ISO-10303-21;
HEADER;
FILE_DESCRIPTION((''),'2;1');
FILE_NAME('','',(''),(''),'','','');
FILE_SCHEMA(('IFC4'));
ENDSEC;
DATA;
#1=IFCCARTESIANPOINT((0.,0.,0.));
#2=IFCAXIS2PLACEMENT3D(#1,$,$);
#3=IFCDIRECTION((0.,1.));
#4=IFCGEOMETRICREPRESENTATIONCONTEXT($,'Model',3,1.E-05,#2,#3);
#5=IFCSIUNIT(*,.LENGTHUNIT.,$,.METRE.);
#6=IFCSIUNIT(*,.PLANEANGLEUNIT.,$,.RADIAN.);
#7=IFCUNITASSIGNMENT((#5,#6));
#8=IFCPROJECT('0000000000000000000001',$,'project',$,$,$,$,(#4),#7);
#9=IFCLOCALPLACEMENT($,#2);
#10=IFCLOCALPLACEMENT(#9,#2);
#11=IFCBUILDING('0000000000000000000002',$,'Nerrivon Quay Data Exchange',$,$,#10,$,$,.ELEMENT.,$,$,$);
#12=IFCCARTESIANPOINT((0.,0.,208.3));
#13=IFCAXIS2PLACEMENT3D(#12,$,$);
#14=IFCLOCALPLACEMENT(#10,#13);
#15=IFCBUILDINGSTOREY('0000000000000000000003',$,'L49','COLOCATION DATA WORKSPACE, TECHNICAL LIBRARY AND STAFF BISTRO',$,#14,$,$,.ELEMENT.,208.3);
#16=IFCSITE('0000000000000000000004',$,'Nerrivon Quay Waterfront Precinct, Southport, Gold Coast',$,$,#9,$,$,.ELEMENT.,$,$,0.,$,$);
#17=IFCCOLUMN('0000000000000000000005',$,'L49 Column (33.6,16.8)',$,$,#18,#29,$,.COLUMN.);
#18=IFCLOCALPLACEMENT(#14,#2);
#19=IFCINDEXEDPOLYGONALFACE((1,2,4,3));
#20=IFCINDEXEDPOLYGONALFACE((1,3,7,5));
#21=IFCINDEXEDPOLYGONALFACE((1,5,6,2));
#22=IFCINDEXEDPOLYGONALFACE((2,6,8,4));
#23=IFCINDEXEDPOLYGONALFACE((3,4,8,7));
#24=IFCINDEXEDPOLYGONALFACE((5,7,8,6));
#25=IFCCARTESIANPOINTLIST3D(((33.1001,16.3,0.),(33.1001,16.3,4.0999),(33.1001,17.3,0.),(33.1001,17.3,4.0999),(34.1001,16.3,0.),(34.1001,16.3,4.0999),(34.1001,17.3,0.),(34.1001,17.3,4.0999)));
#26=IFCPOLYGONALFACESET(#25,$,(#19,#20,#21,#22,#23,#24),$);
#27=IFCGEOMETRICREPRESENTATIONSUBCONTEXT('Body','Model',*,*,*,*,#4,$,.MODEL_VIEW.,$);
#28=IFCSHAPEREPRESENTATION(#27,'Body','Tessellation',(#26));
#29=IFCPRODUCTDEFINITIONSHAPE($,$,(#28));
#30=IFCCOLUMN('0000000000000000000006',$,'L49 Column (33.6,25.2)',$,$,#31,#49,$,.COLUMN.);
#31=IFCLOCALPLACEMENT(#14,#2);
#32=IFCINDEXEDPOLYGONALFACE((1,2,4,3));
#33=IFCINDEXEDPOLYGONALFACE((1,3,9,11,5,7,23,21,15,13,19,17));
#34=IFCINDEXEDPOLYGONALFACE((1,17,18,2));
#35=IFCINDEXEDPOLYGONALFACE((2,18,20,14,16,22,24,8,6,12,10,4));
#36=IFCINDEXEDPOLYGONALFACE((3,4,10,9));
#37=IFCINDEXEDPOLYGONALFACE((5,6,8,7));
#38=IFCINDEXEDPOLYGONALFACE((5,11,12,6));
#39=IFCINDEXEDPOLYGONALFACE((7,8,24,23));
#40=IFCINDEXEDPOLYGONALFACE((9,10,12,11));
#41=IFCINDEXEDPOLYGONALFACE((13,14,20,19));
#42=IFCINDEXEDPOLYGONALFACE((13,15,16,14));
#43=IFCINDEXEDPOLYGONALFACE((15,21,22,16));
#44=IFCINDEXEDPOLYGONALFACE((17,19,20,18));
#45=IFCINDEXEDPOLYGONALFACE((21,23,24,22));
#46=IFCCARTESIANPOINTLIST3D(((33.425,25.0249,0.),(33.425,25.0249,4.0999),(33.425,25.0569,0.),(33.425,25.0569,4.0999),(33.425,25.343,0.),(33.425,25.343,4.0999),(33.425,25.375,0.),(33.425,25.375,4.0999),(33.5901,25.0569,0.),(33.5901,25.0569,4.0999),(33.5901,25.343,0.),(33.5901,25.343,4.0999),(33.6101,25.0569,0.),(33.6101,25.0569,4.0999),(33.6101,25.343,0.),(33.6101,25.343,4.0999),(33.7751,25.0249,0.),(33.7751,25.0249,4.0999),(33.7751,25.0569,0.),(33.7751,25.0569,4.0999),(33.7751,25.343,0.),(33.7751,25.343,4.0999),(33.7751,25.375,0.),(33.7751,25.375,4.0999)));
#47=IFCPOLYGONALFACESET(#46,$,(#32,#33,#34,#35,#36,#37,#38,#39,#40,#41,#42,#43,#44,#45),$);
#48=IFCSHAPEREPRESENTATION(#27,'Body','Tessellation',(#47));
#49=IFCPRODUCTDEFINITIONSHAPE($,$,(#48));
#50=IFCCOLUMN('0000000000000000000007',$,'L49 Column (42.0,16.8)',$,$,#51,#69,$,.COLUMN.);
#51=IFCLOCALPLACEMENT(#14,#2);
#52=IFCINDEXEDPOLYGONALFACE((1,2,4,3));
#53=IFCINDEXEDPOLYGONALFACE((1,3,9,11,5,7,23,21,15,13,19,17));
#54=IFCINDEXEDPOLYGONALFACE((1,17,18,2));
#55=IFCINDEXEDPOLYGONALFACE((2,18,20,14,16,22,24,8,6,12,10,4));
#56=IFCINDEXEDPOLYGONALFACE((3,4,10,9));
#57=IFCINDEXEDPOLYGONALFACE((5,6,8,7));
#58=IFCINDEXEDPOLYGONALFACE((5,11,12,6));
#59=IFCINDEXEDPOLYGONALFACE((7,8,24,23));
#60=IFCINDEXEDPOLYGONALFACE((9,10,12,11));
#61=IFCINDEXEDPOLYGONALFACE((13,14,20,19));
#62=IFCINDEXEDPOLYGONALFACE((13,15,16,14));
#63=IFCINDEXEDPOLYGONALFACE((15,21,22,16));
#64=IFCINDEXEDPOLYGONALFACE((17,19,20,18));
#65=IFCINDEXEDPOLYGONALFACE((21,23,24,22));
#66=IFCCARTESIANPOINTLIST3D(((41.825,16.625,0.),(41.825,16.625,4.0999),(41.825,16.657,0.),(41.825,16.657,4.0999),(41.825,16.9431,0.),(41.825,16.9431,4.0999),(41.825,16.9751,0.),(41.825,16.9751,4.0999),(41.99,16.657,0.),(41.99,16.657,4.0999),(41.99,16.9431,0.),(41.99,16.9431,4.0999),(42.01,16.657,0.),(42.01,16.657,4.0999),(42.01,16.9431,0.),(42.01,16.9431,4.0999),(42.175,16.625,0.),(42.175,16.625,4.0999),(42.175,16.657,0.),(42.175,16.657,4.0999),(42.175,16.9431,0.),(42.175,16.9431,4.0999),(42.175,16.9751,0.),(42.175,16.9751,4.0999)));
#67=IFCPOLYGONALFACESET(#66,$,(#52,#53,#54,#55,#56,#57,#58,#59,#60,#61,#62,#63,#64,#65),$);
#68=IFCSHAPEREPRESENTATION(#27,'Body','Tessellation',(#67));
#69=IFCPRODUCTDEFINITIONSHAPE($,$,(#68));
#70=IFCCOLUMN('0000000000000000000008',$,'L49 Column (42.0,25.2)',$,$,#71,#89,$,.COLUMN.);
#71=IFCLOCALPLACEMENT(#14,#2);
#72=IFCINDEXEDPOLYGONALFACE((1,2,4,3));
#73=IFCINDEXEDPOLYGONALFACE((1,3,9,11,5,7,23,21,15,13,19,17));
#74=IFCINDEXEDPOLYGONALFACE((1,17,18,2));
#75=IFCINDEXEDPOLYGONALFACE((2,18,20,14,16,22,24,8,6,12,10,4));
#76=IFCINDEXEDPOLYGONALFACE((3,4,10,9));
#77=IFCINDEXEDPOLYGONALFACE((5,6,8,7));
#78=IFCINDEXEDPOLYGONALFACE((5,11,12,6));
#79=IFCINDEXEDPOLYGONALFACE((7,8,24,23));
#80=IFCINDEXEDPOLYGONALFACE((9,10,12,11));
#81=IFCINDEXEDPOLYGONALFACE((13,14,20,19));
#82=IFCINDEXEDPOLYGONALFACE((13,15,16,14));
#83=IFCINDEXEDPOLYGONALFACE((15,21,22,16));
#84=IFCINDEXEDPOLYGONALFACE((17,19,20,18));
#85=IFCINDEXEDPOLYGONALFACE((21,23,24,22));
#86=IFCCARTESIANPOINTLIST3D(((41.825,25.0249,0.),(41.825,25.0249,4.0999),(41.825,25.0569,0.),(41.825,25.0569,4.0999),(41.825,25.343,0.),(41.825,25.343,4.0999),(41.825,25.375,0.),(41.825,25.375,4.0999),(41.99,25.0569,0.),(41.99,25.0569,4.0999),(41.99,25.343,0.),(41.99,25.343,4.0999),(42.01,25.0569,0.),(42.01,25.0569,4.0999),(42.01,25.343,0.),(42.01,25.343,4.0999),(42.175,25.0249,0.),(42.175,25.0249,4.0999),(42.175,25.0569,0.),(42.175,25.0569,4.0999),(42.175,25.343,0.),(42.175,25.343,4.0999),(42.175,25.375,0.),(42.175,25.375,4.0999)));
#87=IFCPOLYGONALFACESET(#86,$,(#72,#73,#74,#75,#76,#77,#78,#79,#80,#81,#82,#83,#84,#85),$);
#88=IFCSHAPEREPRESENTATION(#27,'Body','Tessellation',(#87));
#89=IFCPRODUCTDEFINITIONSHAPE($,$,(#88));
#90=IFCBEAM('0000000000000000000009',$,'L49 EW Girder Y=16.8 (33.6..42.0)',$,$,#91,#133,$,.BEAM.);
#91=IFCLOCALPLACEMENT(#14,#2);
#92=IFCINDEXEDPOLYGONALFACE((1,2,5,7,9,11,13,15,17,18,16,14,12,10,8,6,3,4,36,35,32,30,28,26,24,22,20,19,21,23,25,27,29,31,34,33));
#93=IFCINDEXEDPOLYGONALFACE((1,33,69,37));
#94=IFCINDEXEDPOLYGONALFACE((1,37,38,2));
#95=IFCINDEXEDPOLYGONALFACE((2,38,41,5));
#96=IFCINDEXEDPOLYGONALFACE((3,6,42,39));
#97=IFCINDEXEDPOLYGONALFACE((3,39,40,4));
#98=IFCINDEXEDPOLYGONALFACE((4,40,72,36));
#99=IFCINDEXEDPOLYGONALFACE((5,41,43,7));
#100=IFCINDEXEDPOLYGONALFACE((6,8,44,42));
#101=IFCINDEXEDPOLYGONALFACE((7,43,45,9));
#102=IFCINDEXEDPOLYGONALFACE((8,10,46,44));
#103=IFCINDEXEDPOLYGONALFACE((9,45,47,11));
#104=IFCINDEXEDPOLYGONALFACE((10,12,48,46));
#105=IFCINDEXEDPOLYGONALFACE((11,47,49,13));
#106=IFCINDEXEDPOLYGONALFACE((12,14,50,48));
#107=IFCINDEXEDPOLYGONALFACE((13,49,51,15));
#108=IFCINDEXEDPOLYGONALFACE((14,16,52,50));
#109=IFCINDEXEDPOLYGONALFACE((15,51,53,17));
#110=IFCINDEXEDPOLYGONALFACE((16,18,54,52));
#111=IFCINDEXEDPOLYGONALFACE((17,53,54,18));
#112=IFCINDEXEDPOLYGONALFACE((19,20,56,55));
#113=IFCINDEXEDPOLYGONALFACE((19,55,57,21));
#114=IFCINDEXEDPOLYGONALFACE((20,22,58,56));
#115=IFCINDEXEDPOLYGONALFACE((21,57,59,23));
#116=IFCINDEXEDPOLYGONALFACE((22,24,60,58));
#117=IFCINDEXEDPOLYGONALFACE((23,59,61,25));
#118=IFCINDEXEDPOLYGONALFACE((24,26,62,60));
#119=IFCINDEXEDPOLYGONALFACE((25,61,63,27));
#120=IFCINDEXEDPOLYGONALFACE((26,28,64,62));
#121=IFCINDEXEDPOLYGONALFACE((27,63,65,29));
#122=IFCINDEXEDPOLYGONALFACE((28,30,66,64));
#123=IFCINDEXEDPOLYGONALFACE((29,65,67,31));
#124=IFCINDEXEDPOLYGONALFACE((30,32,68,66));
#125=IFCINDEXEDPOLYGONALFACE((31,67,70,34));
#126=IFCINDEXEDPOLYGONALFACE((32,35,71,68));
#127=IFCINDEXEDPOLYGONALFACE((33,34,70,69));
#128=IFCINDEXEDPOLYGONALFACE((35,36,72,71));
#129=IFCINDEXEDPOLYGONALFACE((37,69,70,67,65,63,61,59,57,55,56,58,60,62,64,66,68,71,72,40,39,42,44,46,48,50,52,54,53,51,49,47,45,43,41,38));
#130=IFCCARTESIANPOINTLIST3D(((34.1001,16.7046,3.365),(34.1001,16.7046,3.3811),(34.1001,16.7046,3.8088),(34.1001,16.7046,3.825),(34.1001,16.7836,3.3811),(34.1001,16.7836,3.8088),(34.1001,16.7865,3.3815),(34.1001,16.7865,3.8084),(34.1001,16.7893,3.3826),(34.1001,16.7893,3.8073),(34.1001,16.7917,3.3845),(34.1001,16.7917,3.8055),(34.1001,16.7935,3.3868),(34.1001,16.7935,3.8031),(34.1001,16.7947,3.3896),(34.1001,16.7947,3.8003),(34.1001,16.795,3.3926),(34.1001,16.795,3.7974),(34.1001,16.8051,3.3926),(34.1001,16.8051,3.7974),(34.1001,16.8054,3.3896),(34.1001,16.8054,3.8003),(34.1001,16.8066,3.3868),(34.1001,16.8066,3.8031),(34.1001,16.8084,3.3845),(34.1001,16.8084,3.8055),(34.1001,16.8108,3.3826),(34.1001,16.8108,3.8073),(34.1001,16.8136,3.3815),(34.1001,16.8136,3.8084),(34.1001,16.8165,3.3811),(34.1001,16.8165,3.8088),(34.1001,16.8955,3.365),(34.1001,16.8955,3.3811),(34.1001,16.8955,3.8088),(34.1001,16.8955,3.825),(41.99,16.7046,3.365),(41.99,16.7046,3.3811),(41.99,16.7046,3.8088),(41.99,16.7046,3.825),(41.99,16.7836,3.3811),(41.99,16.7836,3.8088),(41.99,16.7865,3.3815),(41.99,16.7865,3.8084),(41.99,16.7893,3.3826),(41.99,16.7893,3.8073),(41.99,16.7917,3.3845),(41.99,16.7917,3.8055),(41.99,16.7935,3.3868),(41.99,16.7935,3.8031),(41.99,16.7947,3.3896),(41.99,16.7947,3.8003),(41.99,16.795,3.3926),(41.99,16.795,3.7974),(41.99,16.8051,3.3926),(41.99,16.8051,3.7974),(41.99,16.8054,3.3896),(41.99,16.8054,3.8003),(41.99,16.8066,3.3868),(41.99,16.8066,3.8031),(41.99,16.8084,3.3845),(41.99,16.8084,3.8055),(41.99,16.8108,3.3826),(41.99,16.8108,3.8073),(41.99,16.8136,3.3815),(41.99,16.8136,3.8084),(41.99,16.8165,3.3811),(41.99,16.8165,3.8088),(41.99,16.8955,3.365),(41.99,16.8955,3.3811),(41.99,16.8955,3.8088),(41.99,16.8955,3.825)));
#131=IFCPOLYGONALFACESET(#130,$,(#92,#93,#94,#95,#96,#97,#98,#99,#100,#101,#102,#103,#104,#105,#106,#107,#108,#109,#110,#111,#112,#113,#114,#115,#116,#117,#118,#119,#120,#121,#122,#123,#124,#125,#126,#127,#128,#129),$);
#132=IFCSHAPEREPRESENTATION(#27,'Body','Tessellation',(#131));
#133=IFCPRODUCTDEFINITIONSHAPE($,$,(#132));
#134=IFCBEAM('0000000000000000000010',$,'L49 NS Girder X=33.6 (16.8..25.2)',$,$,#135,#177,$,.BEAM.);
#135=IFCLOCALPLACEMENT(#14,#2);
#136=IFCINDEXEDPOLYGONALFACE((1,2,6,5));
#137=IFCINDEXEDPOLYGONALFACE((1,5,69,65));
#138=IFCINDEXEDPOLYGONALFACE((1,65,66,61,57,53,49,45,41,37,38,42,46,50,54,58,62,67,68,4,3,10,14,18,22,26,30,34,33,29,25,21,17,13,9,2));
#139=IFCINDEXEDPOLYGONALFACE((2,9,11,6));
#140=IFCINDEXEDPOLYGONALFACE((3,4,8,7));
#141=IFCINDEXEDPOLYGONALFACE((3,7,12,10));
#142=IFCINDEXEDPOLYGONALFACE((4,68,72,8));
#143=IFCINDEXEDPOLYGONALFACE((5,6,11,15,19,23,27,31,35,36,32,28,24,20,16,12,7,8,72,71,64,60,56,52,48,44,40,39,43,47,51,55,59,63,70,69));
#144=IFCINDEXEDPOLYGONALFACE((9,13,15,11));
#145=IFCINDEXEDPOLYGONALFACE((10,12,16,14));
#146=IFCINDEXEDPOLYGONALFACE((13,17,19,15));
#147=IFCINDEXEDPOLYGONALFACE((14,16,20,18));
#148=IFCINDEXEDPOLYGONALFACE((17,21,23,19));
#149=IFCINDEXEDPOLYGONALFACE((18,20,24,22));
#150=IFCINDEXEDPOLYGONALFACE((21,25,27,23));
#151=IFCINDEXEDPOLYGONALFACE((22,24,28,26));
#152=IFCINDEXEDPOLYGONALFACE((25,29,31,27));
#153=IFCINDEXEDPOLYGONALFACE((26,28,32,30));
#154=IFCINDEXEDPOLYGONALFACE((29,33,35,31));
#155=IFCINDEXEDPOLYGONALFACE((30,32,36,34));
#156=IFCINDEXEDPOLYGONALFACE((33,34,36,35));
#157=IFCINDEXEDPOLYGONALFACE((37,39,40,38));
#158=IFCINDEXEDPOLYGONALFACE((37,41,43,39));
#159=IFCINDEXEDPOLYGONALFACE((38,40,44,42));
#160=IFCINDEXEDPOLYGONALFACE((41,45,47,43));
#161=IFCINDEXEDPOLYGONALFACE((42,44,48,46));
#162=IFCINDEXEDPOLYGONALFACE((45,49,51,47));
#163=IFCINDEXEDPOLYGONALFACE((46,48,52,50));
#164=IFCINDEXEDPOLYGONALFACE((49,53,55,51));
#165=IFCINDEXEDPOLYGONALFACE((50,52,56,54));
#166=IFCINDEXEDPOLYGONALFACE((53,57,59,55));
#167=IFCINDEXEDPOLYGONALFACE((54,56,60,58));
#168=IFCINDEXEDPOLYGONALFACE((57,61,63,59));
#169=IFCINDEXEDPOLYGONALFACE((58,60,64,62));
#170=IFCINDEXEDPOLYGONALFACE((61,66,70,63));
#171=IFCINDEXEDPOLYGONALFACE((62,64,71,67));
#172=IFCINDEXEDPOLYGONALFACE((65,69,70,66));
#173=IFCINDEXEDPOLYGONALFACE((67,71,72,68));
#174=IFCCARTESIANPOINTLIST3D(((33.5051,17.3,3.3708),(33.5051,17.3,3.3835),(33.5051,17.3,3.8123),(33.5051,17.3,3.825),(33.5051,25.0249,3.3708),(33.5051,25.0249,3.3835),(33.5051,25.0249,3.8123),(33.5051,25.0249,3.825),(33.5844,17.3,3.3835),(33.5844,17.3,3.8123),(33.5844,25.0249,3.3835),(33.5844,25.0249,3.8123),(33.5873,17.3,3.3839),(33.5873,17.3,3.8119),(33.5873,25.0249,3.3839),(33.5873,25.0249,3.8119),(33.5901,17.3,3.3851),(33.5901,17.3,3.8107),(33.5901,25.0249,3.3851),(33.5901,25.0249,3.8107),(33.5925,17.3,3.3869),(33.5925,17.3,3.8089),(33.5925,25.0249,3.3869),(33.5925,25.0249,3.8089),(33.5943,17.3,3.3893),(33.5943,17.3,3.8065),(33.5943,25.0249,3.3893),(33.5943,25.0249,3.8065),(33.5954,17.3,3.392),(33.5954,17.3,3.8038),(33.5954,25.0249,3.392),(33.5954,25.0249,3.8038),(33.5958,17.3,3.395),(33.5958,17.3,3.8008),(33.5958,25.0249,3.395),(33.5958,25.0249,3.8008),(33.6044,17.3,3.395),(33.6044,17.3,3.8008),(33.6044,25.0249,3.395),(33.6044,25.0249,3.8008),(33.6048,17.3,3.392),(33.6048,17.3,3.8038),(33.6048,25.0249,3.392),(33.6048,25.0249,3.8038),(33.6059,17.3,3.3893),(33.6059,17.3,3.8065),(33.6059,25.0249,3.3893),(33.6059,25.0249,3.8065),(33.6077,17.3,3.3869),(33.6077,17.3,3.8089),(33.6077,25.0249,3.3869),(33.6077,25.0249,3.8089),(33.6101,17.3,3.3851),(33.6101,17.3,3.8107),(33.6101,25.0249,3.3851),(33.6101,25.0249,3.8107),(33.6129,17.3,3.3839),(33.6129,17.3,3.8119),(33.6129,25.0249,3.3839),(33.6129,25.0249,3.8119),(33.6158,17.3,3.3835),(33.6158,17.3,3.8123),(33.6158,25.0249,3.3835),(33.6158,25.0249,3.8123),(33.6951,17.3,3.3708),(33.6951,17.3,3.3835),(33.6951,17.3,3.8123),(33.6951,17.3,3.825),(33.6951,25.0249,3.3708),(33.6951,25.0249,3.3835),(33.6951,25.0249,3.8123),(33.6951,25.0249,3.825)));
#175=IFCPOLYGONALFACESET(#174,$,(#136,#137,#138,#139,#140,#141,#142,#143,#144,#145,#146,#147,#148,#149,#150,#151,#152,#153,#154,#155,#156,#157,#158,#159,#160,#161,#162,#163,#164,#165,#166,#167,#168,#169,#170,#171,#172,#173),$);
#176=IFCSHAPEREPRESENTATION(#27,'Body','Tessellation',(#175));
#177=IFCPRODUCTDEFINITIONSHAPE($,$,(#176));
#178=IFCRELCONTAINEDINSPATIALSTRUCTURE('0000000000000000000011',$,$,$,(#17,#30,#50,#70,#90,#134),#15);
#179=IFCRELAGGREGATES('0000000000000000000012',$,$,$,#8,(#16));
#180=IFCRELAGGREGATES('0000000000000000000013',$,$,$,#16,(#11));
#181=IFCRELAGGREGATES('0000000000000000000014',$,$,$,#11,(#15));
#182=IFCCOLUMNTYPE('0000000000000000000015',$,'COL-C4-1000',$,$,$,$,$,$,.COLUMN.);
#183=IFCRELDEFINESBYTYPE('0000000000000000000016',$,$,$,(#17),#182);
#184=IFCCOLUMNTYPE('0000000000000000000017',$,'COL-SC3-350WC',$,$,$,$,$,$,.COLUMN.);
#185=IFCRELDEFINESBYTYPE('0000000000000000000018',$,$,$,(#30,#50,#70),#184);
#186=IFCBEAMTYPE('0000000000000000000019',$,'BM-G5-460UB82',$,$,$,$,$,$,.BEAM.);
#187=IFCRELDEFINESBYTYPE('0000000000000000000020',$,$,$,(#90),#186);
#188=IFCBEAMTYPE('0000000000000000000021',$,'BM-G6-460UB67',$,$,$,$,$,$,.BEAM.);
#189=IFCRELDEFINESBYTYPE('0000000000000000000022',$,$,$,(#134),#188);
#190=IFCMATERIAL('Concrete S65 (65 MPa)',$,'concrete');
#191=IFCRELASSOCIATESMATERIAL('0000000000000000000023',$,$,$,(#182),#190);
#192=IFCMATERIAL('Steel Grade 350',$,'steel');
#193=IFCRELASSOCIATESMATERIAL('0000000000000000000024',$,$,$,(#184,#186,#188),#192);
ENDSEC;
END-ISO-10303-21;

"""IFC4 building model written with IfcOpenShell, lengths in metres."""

from ifc_helpers import new_model, si_unit, direction, frame, origin, origin_2d, place, context, subcontext, project, spatial, rectangle, i_section, extrude, material, material_profile, profile_set, type_object, element, save


model = new_model("IFC4")

# Units and contexts
model_context = context("Model", 3, precision=1e-05, world=origin(), true_north=direction((0.0, 1.0)))
body_context = subcontext(model_context, "Body", "Model", "MODEL_VIEW")
ifc_project = project(units=[si_unit("LENGTHUNIT", "METRE"), si_unit("PLANEANGLEUNIT", "RADIAN")], contexts=[model_context])

# Site, building, storey
site_placement = place(None, origin())
site = spatial("IfcSite", under=ifc_project, at=site_placement, Name="Nerrivon Quay Waterfront Precinct, Southport, Gold Coast", CompositionType="ELEMENT", RefElevation=0.0)
building_placement = place(site_placement, origin())
building = spatial("IfcBuilding", under=site, at=building_placement, Name="Nerrivon Quay Data Exchange", CompositionType="ELEMENT")
storey_placement = place(building_placement, frame((0.0, 0.0, 208.3)))
storey = spatial("IfcBuildingStorey", under=building, at=storey_placement, Name="L49", Description="COLOCATION DATA WORKSPACE, TECHNICAL LIBRARY AND STAFF BISTRO", CompositionType="ELEMENT", Elevation=208.3)

# Columns
ifc_material_1 = material(Name="Concrete S65 (65 MPa)", Category="concrete")
ifc_material_profile_1 = material_profile(ifc_material_1, rectangle(XDim=1.0, YDim=1.0, at=origin_2d()), Name="RC-COL-1000x1000")
ifc_profile_set_1 = profile_set([ifc_material_profile_1], Name="Concrete S65 (65 MPa)")
column_type_1 = type_object("IfcColumnType", Name="COL-C4-1000", PredefinedType="COLUMN", material=ifc_profile_set_1)
column_placement = place(storey_placement, frame((33.6001, 16.8, 0.0), z_axis=(0.0, 0.0, 1.0), x_axis=(1.0, 0.0, 0.0)))
element("IfcColumn", 1, at=column_placement, inside=storey, type_object=column_type_1, Name="L49 Column (33.6,16.8)", PredefinedType="COLUMN", context=body_context, shape_type="SweptSolid", body=[
    extrude(rectangle(XDim=1.0, YDim=1.0, at=origin_2d()), origin(), (0.0, 0.0, 1.0), 4.0999),
])
ifc_material_2 = material(Name="Steel Grade 350", Category="steel")
ifc_material_profile_2 = material_profile(ifc_material_2, i_section(OverallWidth=0.3501, OverallDepth=0.3501, WebThickness=0.02, FlangeThickness=0.032, at=origin_2d()), Name="350WC230")
ifc_profile_set_2 = profile_set([ifc_material_profile_2], Name="Steel Grade 350")
column_type_2 = type_object("IfcColumnType", Name="COL-SC3-350WC", PredefinedType="COLUMN", material=ifc_profile_set_2)
for number, where, z_axis, x_axis, name in (
    (2, (33.6001, 25.2, 0.0), (0.0, 0.0, 1.0), (1.0, 0.0, 0.0), "L49 Column (33.6,25.2)"),
    (3, (42.0, 16.8, 0.0), (0.0, 0.0, 1.0), (1.0, 0.0, 0.0), "L49 Column (42.0,16.8)"),
    (4, (42.0, 25.2, 0.0), (0.0, 0.0, 1.0), (1.0, 0.0, 0.0), "L49 Column (42.0,25.2)"),
):
    element("IfcColumn", number, at=place(storey_placement, frame(where, z_axis=z_axis, x_axis=x_axis)), inside=storey, type_object=column_type_2, Name=name, PredefinedType="COLUMN", context=body_context, shape_type="SweptSolid", body=[
        extrude(i_section(OverallWidth=0.3501, OverallDepth=0.3501, WebThickness=0.02, FlangeThickness=0.032, at=origin_2d()), origin(), (0.0, 0.0, 1.0), 4.0999),
    ])

# Beams
ifc_material_profile_3 = material_profile(ifc_material_2, i_section(OverallWidth=0.1909, OverallDepth=0.46, WebThickness=0.01, FlangeThickness=0.0161, FilletRadius=0.0115, at=origin_2d()), Name="460UB82.1")
ifc_profile_set_3 = profile_set([ifc_material_profile_3], Name="Steel Grade 350")
beam_type_1 = type_object("IfcBeamType", Name="BM-G5-460UB82", PredefinedType="BEAM", material=ifc_profile_set_3)
beam_1_placement = place(storey_placement, frame((34.1001, 16.8, 3.595), z_axis=(1.0, 0.0, 0.0), x_axis=(0.0, 1.0, 0.0)))
element("IfcBeam", 5, at=beam_1_placement, inside=storey, type_object=beam_type_1, Name="L49 EW Girder Y=16.8 (33.6..42.0)", PredefinedType="BEAM", context=body_context, shape_type="SweptSolid", body=[
    extrude(i_section(OverallWidth=0.1909, OverallDepth=0.46, WebThickness=0.01, FlangeThickness=0.0161, FilletRadius=0.0115, at=origin_2d()), origin(), (0.0, 0.0, 1.0), 7.8899),
])
ifc_material_profile_4 = material_profile(ifc_material_2, i_section(OverallWidth=0.1899, OverallDepth=0.4541, WebThickness=0.0085, FlangeThickness=0.0127, FilletRadius=0.0115, at=origin_2d()), Name="460UB67.1")
ifc_profile_set_4 = profile_set([ifc_material_profile_4], Name="Steel Grade 350")
beam_type_2 = type_object("IfcBeamType", Name="BM-G6-460UB67", PredefinedType="BEAM", material=ifc_profile_set_4)
beam_2_placement = place(storey_placement, frame((33.6001, 17.3, 3.5979), z_axis=(0.0, 1.0, 0.0), x_axis=(-1.0, 0.0, 0.0)))
element("IfcBeam", 6, at=beam_2_placement, inside=storey, type_object=beam_type_2, Name="L49 NS Girder X=33.6 (16.8..25.2)", PredefinedType="BEAM", context=body_context, shape_type="SweptSolid", body=[
    extrude(i_section(OverallWidth=0.1899, OverallDepth=0.4541, WebThickness=0.0085, FlangeThickness=0.0127, FilletRadius=0.0115, at=origin_2d()), origin(), (0.0, 0.0, 1.0), 7.7249),
])

save(model, "model.ifc")
